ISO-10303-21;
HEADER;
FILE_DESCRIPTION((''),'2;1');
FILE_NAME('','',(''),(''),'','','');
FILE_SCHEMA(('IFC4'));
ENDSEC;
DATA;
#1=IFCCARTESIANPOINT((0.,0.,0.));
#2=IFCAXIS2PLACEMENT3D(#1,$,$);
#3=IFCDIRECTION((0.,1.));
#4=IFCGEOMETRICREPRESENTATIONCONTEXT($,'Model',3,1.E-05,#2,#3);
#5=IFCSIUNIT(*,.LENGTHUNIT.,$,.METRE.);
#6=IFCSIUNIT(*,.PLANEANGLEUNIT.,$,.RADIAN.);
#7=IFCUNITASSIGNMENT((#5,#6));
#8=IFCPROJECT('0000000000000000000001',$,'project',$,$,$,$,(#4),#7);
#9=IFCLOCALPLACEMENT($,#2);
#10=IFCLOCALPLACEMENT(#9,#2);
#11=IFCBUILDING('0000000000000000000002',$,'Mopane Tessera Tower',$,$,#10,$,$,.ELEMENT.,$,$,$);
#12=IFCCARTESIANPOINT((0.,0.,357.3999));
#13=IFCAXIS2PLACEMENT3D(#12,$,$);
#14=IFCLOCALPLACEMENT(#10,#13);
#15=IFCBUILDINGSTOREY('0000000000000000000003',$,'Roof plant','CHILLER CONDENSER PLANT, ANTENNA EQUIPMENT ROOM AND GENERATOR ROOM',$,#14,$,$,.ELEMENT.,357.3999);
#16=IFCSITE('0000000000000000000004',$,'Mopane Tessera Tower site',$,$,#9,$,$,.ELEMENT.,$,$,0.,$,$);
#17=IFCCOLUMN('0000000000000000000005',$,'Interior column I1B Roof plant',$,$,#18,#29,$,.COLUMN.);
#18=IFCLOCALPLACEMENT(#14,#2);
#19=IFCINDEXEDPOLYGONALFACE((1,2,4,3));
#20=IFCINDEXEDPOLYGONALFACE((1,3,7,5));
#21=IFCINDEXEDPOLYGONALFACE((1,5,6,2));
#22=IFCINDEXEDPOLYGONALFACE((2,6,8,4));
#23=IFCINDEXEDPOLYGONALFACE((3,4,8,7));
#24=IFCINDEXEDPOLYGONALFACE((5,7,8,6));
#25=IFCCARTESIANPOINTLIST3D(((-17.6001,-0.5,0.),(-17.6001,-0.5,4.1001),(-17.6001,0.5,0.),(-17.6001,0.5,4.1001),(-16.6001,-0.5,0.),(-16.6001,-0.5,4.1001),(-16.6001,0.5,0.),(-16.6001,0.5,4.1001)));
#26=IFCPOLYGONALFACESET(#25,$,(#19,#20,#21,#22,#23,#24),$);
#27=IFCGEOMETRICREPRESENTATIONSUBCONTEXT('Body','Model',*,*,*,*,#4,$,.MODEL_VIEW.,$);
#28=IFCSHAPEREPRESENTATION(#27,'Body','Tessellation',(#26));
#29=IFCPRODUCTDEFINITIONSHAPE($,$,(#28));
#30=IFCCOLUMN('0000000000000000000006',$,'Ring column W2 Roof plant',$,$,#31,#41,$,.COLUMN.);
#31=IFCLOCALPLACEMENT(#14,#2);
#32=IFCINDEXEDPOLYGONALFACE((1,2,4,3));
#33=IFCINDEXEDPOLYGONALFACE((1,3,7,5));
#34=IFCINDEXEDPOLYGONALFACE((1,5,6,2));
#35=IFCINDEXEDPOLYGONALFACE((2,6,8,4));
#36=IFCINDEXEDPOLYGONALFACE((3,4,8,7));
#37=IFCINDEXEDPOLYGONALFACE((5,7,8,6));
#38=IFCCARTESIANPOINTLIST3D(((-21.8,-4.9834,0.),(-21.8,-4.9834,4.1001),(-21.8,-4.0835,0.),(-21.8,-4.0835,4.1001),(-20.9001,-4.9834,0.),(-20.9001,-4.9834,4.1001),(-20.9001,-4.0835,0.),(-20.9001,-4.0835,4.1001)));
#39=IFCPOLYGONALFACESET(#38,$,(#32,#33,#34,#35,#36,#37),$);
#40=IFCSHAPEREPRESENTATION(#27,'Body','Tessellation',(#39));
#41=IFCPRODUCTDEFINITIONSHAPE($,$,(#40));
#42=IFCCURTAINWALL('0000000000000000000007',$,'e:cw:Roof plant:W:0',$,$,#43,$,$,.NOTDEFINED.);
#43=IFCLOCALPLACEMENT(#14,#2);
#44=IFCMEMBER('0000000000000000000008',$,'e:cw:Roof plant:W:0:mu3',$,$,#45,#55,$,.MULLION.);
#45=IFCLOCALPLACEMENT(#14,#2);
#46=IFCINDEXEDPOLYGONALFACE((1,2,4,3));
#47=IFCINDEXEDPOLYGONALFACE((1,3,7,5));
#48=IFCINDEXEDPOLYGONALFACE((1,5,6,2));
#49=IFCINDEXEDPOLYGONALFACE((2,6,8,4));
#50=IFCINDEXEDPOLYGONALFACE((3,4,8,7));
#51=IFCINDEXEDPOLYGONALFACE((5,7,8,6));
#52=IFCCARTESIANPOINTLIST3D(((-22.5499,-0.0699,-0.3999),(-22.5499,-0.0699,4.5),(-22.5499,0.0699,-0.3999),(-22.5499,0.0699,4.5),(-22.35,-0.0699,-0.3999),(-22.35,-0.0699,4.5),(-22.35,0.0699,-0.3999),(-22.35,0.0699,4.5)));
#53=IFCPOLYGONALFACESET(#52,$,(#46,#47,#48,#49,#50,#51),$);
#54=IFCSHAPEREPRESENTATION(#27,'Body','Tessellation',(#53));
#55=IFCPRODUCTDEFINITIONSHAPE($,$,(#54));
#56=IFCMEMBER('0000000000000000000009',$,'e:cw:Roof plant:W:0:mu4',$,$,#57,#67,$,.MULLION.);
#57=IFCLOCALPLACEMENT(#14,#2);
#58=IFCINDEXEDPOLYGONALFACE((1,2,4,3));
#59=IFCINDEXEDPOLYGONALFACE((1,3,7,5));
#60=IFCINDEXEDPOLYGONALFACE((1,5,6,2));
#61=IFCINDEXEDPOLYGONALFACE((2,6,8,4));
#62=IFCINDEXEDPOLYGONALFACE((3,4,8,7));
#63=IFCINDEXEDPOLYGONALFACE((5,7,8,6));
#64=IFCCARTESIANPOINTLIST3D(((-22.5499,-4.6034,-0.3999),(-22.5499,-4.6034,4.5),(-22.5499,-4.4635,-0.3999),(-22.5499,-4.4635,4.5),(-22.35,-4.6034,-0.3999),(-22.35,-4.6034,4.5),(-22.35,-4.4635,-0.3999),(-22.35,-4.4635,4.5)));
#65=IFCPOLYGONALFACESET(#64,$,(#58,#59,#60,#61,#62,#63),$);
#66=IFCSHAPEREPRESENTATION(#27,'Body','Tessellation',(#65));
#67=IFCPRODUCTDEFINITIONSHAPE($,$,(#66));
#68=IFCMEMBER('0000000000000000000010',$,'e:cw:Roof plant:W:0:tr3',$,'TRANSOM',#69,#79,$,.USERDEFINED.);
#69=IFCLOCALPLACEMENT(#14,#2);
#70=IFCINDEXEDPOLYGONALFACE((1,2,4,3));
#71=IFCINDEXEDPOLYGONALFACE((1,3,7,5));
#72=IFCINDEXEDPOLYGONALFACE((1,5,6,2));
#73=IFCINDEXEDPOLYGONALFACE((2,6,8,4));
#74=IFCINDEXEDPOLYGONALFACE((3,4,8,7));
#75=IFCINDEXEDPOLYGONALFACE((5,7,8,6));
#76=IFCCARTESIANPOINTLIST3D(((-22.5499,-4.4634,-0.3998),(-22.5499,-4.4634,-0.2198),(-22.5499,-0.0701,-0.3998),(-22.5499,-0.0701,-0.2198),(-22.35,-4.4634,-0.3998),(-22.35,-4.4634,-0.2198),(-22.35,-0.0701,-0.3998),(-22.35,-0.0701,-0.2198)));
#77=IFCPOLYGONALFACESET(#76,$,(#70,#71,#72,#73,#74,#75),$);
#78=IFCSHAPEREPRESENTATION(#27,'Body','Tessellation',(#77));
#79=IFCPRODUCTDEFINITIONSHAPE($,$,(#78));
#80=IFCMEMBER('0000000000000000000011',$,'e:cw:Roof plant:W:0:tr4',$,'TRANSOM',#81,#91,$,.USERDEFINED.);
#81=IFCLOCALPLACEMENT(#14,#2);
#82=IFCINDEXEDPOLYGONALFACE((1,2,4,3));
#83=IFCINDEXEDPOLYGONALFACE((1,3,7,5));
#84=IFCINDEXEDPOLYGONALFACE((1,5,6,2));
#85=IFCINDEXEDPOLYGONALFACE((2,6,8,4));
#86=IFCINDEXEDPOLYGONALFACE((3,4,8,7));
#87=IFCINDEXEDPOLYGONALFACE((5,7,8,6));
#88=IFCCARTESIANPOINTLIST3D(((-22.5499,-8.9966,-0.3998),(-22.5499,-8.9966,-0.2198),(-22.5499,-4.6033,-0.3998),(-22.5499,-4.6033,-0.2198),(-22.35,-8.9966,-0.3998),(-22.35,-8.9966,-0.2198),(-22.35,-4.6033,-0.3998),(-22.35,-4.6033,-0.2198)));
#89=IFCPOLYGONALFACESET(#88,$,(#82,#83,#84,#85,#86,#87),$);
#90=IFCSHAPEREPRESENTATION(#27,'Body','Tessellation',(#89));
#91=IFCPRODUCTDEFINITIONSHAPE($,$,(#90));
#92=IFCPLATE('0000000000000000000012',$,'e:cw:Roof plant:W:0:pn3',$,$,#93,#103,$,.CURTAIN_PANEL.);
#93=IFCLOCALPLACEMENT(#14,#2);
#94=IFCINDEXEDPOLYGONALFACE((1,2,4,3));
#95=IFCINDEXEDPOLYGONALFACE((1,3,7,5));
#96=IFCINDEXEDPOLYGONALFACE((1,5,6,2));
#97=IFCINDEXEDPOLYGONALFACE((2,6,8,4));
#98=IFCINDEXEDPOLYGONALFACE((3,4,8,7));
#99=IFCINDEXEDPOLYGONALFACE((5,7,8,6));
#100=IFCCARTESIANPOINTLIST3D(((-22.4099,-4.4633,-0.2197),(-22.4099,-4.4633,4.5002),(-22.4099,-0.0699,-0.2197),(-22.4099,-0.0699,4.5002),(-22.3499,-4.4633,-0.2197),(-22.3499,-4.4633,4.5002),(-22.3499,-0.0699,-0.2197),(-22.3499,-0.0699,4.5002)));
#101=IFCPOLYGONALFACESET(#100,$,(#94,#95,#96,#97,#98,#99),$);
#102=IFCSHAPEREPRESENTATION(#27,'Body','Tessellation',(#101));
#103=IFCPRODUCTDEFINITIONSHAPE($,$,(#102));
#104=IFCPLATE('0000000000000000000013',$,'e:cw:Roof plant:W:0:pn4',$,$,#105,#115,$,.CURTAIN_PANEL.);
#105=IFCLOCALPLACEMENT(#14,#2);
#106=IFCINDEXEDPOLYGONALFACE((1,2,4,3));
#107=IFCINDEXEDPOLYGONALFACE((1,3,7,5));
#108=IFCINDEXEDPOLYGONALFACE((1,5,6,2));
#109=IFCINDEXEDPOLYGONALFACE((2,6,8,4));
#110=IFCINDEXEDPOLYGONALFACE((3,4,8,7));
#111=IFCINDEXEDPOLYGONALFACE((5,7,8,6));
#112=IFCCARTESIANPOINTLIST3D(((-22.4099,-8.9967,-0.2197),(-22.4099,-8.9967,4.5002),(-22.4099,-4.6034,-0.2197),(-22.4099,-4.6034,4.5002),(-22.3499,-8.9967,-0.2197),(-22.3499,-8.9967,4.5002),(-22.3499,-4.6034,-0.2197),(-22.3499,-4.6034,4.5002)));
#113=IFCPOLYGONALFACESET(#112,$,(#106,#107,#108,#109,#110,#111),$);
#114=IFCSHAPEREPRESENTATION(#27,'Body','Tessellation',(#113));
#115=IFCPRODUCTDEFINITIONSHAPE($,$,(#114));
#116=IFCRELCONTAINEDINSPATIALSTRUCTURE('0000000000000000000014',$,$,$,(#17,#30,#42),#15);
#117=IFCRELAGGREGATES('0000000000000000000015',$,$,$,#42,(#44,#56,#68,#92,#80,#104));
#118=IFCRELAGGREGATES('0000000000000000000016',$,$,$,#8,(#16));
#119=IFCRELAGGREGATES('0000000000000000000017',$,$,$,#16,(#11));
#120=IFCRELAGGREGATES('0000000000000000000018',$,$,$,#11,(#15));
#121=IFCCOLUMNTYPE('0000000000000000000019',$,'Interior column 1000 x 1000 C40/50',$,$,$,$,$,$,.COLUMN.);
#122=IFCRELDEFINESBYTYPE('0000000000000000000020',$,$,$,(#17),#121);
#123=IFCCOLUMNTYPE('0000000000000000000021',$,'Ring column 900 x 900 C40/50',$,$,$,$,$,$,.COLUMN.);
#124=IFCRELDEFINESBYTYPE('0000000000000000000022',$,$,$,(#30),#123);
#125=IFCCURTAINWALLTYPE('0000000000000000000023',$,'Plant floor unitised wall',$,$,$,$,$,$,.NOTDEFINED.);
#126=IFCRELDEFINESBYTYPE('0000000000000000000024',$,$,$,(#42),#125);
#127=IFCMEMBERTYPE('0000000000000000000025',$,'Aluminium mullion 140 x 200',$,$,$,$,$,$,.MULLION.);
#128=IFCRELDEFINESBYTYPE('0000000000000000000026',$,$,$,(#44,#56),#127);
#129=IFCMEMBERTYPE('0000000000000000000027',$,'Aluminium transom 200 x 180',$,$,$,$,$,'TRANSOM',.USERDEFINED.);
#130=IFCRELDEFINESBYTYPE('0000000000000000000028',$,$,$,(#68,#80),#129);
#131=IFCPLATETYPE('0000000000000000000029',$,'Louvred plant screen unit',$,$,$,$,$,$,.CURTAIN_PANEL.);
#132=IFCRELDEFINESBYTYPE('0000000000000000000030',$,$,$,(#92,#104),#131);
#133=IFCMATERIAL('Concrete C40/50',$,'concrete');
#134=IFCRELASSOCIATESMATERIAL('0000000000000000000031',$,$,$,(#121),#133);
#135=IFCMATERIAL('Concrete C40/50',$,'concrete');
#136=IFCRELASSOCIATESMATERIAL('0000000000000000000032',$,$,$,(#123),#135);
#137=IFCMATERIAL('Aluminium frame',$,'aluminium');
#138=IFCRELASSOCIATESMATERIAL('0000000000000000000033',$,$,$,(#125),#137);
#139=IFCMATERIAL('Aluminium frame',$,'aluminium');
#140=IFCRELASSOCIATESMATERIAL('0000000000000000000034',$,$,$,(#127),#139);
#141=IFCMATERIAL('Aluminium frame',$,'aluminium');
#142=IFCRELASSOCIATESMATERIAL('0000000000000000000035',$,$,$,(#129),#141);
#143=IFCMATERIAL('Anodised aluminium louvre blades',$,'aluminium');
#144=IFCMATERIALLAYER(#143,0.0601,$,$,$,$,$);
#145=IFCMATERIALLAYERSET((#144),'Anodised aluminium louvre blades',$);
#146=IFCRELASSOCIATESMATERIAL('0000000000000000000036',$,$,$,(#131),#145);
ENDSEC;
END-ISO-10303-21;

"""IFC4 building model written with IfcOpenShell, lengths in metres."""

from ifc_helpers import new_model, si_unit, direction, frame, origin, origin_2d, place, context, subcontext, project, spatial, rectangle, extrude, material, layer, layer_set, material_profile, profile_set, type_object, element, aggregate, save


model = new_model("IFC4")

# Units and contexts
model_context = context("Model", 3, precision=1e-05, world=origin(), true_north=direction((0.0, 1.0)))
body_context = subcontext(model_context, "Body", "Model", "MODEL_VIEW")
ifc_project = project(units=[si_unit("LENGTHUNIT", "METRE"), si_unit("PLANEANGLEUNIT", "RADIAN")], contexts=[model_context])

# Site, building, storey
site_placement = place(None, origin())
site = spatial("IfcSite", under=ifc_project, at=site_placement, Name="Mopane Tessera Tower site", CompositionType="ELEMENT", RefElevation=0.0)
building_placement = place(site_placement, origin())
building = spatial("IfcBuilding", under=site, at=building_placement, Name="Mopane Tessera Tower", CompositionType="ELEMENT")
storey_placement = place(building_placement, frame((0.0, 0.0, 357.3999)))
storey = spatial("IfcBuildingStorey", under=building, at=storey_placement, Name="Roof plant", Description="CHILLER CONDENSER PLANT, ANTENNA EQUIPMENT ROOM AND GENERATOR ROOM", CompositionType="ELEMENT", Elevation=357.3999)

# Columns
ifc_material_1 = material(Name="Concrete C40/50", Category="concrete")
ifc_material_profile_1 = material_profile(ifc_material_1, rectangle(XDim=1.0, YDim=1.0, at=origin_2d()))
ifc_profile_set_1 = profile_set([ifc_material_profile_1], Name="Concrete C40/50")
column_type_1 = type_object("IfcColumnType", Name="Interior column 1000 x 1000 C40/50", PredefinedType="COLUMN", material=ifc_profile_set_1)
column_1_placement = place(storey_placement, frame((-17.1001, 0.0, 0.0), z_axis=(0.0, 0.0, 1.0), x_axis=(1.0, 0.0, 0.0)))
element("IfcColumn", 1, at=column_1_placement, inside=storey, type_object=column_type_1, Name="Interior column I1B Roof plant", PredefinedType="COLUMN", context=body_context, shape_type="SweptSolid", body=[
    extrude(rectangle(XDim=1.0, YDim=1.0, at=origin_2d()), origin(), (0.0, 0.0, 1.0), 4.1001),
])
ifc_material_2 = material(Name="Concrete C40/50", Category="concrete")
ifc_material_profile_2 = material_profile(ifc_material_2, rectangle(XDim=0.8999, YDim=0.8999, at=origin_2d()))
ifc_profile_set_2 = profile_set([ifc_material_profile_2], Name="Concrete C40/50")
column_type_2 = type_object("IfcColumnType", Name="Ring column 900 x 900 C40/50", PredefinedType="COLUMN", material=ifc_profile_set_2)
column_2_placement = place(storey_placement, frame((-21.3501, -4.5334, 0.0), z_axis=(0.0, 0.0, 1.0), x_axis=(1.0, 0.0, 0.0)))
element("IfcColumn", 2, at=column_2_placement, inside=storey, type_object=column_type_2, Name="Ring column W2 Roof plant", PredefinedType="COLUMN", context=body_context, shape_type="SweptSolid", body=[
    extrude(rectangle(XDim=0.8999, YDim=0.8999, at=origin_2d()), origin(), (0.0, 0.0, 1.0), 4.1001),
])

# Curtain wall, members, plates
ifc_material_3 = material(Name="Aluminium frame", Category="aluminium")
curtain_wall_type = type_object("IfcCurtainWallType", Name="Plant floor unitised wall", PredefinedType="NOTDEFINED", material=ifc_material_3)
curtain_wall_placement = place(storey_placement, origin())
curtain_wall = element("IfcCurtainWall", 3, at=curtain_wall_placement, inside=storey, type_object=curtain_wall_type, Name="e:cw:Roof plant:W:0", PredefinedType="NOTDEFINED")
ifc_material_4 = material(Name="Aluminium frame", Category="aluminium")
ifc_material_profile_3 = material_profile(ifc_material_4, rectangle(XDim=0.1399, YDim=0.2, at=origin_2d()))
ifc_profile_set_3 = profile_set([ifc_material_profile_3], Name="Aluminium frame")
member_type_1 = type_object("IfcMemberType", Name="Aluminium mullion 140 x 200", PredefinedType="MULLION", material=ifc_profile_set_3)
member_1_placement = place(storey_placement, frame((-22.45, 0.0, -0.3999), z_axis=(0.0, 0.0, 1.0), x_axis=(0.0, -1.0, 0.0)))
member_1 = element("IfcMember", 4, at=member_1_placement, type_object=member_type_1, Name="e:cw:Roof plant:W:0:mu3", PredefinedType="MULLION", context=body_context, shape_type="SweptSolid", body=[
    extrude(rectangle(XDim=0.1399, YDim=0.2, at=origin_2d()), origin(), (0.0, 0.0, 1.0), 4.8999),
])
member_2_placement = place(storey_placement, frame((-22.45, -4.5334, -0.3999), z_axis=(0.0, 0.0, 1.0), x_axis=(0.0, -1.0, 0.0)))
member_2 = element("IfcMember", 5, at=member_2_placement, type_object=member_type_1, Name="e:cw:Roof plant:W:0:mu4", PredefinedType="MULLION", context=body_context, shape_type="SweptSolid", body=[
    extrude(rectangle(XDim=0.1399, YDim=0.2, at=origin_2d()), origin(), (0.0, 0.0, 1.0), 4.8999),
])
ifc_material_5 = material(Name="Aluminium frame", Category="aluminium")
ifc_material_profile_4 = material_profile(ifc_material_5, rectangle(XDim=0.2, YDim=0.1799, at=origin_2d()))
ifc_profile_set_4 = profile_set([ifc_material_profile_4], Name="Aluminium frame")
member_type_2 = type_object("IfcMemberType", Name="Aluminium transom 200 x 180", ElementType="TRANSOM", PredefinedType="USERDEFINED", material=ifc_profile_set_4)
member_3_placement = place(storey_placement, frame((-22.45, -0.0701, -0.3098), z_axis=(0.0, -1.0, 0.0), x_axis=(1.0, 0.0, 0.0)))
member_3 = element("IfcMember", 6, at=member_3_placement, type_object=member_type_2, Name="e:cw:Roof plant:W:0:tr3", ObjectType="TRANSOM", PredefinedType="USERDEFINED", context=body_context, shape_type="SweptSolid", body=[
    extrude(rectangle(XDim=0.2, YDim=0.1799, at=origin_2d()), origin(), (0.0, 0.0, 1.0), 4.3933),
])
member_4_placement = place(storey_placement, frame((-22.45, -4.6033, -0.3098), z_axis=(0.0, -1.0, 0.0), x_axis=(1.0, 0.0, 0.0)))
member_4 = element("IfcMember", 7, at=member_4_placement, type_object=member_type_2, Name="e:cw:Roof plant:W:0:tr4", ObjectType="TRANSOM", PredefinedType="USERDEFINED", context=body_context, shape_type="SweptSolid", body=[
    extrude(rectangle(XDim=0.2, YDim=0.1799, at=origin_2d()), origin(), (0.0, 0.0, 1.0), 4.3933),
])
ifc_material_6 = material(Name="Anodised aluminium louvre blades", Category="aluminium")
ifc_layer_1 = layer(ifc_material_6, 0.0601)
ifc_layer_set_1 = layer_set([ifc_layer_1], Name="Anodised aluminium louvre blades")
plate_type = type_object("IfcPlateType", Name="Louvred plant screen unit", PredefinedType="CURTAIN_PANEL", material=ifc_layer_set_1)
plate_1_placement = place(storey_placement, frame((-22.3799, -2.2666, -0.2197), z_axis=(0.0, 0.0, 1.0), x_axis=(0.0, -1.0, 0.0)))
plate_1 = element("IfcPlate", 8, at=plate_1_placement, type_object=plate_type, Name="e:cw:Roof plant:W:0:pn3", PredefinedType="CURTAIN_PANEL", context=body_context, shape_type="SweptSolid", body=[
    extrude(rectangle(XDim=4.3933, YDim=0.0601, at=origin_2d()), origin(), (0.0, 0.0, 1.0), 4.72),
])
plate_2_placement = place(storey_placement, frame((-22.3799, -6.8, -0.2197), z_axis=(0.0, 0.0, 1.0), x_axis=(0.0, -1.0, 0.0)))
plate_2 = element("IfcPlate", 9, at=plate_2_placement, type_object=plate_type, Name="e:cw:Roof plant:W:0:pn4", PredefinedType="CURTAIN_PANEL", context=body_context, shape_type="SweptSolid", body=[
    extrude(rectangle(XDim=4.3933, YDim=0.0601, at=origin_2d()), origin(), (0.0, 0.0, 1.0), 4.72),
])
aggregate(curtain_wall, [member_1, member_2, member_3, plate_1, member_4, plate_2])

save(model, "model.ifc")
